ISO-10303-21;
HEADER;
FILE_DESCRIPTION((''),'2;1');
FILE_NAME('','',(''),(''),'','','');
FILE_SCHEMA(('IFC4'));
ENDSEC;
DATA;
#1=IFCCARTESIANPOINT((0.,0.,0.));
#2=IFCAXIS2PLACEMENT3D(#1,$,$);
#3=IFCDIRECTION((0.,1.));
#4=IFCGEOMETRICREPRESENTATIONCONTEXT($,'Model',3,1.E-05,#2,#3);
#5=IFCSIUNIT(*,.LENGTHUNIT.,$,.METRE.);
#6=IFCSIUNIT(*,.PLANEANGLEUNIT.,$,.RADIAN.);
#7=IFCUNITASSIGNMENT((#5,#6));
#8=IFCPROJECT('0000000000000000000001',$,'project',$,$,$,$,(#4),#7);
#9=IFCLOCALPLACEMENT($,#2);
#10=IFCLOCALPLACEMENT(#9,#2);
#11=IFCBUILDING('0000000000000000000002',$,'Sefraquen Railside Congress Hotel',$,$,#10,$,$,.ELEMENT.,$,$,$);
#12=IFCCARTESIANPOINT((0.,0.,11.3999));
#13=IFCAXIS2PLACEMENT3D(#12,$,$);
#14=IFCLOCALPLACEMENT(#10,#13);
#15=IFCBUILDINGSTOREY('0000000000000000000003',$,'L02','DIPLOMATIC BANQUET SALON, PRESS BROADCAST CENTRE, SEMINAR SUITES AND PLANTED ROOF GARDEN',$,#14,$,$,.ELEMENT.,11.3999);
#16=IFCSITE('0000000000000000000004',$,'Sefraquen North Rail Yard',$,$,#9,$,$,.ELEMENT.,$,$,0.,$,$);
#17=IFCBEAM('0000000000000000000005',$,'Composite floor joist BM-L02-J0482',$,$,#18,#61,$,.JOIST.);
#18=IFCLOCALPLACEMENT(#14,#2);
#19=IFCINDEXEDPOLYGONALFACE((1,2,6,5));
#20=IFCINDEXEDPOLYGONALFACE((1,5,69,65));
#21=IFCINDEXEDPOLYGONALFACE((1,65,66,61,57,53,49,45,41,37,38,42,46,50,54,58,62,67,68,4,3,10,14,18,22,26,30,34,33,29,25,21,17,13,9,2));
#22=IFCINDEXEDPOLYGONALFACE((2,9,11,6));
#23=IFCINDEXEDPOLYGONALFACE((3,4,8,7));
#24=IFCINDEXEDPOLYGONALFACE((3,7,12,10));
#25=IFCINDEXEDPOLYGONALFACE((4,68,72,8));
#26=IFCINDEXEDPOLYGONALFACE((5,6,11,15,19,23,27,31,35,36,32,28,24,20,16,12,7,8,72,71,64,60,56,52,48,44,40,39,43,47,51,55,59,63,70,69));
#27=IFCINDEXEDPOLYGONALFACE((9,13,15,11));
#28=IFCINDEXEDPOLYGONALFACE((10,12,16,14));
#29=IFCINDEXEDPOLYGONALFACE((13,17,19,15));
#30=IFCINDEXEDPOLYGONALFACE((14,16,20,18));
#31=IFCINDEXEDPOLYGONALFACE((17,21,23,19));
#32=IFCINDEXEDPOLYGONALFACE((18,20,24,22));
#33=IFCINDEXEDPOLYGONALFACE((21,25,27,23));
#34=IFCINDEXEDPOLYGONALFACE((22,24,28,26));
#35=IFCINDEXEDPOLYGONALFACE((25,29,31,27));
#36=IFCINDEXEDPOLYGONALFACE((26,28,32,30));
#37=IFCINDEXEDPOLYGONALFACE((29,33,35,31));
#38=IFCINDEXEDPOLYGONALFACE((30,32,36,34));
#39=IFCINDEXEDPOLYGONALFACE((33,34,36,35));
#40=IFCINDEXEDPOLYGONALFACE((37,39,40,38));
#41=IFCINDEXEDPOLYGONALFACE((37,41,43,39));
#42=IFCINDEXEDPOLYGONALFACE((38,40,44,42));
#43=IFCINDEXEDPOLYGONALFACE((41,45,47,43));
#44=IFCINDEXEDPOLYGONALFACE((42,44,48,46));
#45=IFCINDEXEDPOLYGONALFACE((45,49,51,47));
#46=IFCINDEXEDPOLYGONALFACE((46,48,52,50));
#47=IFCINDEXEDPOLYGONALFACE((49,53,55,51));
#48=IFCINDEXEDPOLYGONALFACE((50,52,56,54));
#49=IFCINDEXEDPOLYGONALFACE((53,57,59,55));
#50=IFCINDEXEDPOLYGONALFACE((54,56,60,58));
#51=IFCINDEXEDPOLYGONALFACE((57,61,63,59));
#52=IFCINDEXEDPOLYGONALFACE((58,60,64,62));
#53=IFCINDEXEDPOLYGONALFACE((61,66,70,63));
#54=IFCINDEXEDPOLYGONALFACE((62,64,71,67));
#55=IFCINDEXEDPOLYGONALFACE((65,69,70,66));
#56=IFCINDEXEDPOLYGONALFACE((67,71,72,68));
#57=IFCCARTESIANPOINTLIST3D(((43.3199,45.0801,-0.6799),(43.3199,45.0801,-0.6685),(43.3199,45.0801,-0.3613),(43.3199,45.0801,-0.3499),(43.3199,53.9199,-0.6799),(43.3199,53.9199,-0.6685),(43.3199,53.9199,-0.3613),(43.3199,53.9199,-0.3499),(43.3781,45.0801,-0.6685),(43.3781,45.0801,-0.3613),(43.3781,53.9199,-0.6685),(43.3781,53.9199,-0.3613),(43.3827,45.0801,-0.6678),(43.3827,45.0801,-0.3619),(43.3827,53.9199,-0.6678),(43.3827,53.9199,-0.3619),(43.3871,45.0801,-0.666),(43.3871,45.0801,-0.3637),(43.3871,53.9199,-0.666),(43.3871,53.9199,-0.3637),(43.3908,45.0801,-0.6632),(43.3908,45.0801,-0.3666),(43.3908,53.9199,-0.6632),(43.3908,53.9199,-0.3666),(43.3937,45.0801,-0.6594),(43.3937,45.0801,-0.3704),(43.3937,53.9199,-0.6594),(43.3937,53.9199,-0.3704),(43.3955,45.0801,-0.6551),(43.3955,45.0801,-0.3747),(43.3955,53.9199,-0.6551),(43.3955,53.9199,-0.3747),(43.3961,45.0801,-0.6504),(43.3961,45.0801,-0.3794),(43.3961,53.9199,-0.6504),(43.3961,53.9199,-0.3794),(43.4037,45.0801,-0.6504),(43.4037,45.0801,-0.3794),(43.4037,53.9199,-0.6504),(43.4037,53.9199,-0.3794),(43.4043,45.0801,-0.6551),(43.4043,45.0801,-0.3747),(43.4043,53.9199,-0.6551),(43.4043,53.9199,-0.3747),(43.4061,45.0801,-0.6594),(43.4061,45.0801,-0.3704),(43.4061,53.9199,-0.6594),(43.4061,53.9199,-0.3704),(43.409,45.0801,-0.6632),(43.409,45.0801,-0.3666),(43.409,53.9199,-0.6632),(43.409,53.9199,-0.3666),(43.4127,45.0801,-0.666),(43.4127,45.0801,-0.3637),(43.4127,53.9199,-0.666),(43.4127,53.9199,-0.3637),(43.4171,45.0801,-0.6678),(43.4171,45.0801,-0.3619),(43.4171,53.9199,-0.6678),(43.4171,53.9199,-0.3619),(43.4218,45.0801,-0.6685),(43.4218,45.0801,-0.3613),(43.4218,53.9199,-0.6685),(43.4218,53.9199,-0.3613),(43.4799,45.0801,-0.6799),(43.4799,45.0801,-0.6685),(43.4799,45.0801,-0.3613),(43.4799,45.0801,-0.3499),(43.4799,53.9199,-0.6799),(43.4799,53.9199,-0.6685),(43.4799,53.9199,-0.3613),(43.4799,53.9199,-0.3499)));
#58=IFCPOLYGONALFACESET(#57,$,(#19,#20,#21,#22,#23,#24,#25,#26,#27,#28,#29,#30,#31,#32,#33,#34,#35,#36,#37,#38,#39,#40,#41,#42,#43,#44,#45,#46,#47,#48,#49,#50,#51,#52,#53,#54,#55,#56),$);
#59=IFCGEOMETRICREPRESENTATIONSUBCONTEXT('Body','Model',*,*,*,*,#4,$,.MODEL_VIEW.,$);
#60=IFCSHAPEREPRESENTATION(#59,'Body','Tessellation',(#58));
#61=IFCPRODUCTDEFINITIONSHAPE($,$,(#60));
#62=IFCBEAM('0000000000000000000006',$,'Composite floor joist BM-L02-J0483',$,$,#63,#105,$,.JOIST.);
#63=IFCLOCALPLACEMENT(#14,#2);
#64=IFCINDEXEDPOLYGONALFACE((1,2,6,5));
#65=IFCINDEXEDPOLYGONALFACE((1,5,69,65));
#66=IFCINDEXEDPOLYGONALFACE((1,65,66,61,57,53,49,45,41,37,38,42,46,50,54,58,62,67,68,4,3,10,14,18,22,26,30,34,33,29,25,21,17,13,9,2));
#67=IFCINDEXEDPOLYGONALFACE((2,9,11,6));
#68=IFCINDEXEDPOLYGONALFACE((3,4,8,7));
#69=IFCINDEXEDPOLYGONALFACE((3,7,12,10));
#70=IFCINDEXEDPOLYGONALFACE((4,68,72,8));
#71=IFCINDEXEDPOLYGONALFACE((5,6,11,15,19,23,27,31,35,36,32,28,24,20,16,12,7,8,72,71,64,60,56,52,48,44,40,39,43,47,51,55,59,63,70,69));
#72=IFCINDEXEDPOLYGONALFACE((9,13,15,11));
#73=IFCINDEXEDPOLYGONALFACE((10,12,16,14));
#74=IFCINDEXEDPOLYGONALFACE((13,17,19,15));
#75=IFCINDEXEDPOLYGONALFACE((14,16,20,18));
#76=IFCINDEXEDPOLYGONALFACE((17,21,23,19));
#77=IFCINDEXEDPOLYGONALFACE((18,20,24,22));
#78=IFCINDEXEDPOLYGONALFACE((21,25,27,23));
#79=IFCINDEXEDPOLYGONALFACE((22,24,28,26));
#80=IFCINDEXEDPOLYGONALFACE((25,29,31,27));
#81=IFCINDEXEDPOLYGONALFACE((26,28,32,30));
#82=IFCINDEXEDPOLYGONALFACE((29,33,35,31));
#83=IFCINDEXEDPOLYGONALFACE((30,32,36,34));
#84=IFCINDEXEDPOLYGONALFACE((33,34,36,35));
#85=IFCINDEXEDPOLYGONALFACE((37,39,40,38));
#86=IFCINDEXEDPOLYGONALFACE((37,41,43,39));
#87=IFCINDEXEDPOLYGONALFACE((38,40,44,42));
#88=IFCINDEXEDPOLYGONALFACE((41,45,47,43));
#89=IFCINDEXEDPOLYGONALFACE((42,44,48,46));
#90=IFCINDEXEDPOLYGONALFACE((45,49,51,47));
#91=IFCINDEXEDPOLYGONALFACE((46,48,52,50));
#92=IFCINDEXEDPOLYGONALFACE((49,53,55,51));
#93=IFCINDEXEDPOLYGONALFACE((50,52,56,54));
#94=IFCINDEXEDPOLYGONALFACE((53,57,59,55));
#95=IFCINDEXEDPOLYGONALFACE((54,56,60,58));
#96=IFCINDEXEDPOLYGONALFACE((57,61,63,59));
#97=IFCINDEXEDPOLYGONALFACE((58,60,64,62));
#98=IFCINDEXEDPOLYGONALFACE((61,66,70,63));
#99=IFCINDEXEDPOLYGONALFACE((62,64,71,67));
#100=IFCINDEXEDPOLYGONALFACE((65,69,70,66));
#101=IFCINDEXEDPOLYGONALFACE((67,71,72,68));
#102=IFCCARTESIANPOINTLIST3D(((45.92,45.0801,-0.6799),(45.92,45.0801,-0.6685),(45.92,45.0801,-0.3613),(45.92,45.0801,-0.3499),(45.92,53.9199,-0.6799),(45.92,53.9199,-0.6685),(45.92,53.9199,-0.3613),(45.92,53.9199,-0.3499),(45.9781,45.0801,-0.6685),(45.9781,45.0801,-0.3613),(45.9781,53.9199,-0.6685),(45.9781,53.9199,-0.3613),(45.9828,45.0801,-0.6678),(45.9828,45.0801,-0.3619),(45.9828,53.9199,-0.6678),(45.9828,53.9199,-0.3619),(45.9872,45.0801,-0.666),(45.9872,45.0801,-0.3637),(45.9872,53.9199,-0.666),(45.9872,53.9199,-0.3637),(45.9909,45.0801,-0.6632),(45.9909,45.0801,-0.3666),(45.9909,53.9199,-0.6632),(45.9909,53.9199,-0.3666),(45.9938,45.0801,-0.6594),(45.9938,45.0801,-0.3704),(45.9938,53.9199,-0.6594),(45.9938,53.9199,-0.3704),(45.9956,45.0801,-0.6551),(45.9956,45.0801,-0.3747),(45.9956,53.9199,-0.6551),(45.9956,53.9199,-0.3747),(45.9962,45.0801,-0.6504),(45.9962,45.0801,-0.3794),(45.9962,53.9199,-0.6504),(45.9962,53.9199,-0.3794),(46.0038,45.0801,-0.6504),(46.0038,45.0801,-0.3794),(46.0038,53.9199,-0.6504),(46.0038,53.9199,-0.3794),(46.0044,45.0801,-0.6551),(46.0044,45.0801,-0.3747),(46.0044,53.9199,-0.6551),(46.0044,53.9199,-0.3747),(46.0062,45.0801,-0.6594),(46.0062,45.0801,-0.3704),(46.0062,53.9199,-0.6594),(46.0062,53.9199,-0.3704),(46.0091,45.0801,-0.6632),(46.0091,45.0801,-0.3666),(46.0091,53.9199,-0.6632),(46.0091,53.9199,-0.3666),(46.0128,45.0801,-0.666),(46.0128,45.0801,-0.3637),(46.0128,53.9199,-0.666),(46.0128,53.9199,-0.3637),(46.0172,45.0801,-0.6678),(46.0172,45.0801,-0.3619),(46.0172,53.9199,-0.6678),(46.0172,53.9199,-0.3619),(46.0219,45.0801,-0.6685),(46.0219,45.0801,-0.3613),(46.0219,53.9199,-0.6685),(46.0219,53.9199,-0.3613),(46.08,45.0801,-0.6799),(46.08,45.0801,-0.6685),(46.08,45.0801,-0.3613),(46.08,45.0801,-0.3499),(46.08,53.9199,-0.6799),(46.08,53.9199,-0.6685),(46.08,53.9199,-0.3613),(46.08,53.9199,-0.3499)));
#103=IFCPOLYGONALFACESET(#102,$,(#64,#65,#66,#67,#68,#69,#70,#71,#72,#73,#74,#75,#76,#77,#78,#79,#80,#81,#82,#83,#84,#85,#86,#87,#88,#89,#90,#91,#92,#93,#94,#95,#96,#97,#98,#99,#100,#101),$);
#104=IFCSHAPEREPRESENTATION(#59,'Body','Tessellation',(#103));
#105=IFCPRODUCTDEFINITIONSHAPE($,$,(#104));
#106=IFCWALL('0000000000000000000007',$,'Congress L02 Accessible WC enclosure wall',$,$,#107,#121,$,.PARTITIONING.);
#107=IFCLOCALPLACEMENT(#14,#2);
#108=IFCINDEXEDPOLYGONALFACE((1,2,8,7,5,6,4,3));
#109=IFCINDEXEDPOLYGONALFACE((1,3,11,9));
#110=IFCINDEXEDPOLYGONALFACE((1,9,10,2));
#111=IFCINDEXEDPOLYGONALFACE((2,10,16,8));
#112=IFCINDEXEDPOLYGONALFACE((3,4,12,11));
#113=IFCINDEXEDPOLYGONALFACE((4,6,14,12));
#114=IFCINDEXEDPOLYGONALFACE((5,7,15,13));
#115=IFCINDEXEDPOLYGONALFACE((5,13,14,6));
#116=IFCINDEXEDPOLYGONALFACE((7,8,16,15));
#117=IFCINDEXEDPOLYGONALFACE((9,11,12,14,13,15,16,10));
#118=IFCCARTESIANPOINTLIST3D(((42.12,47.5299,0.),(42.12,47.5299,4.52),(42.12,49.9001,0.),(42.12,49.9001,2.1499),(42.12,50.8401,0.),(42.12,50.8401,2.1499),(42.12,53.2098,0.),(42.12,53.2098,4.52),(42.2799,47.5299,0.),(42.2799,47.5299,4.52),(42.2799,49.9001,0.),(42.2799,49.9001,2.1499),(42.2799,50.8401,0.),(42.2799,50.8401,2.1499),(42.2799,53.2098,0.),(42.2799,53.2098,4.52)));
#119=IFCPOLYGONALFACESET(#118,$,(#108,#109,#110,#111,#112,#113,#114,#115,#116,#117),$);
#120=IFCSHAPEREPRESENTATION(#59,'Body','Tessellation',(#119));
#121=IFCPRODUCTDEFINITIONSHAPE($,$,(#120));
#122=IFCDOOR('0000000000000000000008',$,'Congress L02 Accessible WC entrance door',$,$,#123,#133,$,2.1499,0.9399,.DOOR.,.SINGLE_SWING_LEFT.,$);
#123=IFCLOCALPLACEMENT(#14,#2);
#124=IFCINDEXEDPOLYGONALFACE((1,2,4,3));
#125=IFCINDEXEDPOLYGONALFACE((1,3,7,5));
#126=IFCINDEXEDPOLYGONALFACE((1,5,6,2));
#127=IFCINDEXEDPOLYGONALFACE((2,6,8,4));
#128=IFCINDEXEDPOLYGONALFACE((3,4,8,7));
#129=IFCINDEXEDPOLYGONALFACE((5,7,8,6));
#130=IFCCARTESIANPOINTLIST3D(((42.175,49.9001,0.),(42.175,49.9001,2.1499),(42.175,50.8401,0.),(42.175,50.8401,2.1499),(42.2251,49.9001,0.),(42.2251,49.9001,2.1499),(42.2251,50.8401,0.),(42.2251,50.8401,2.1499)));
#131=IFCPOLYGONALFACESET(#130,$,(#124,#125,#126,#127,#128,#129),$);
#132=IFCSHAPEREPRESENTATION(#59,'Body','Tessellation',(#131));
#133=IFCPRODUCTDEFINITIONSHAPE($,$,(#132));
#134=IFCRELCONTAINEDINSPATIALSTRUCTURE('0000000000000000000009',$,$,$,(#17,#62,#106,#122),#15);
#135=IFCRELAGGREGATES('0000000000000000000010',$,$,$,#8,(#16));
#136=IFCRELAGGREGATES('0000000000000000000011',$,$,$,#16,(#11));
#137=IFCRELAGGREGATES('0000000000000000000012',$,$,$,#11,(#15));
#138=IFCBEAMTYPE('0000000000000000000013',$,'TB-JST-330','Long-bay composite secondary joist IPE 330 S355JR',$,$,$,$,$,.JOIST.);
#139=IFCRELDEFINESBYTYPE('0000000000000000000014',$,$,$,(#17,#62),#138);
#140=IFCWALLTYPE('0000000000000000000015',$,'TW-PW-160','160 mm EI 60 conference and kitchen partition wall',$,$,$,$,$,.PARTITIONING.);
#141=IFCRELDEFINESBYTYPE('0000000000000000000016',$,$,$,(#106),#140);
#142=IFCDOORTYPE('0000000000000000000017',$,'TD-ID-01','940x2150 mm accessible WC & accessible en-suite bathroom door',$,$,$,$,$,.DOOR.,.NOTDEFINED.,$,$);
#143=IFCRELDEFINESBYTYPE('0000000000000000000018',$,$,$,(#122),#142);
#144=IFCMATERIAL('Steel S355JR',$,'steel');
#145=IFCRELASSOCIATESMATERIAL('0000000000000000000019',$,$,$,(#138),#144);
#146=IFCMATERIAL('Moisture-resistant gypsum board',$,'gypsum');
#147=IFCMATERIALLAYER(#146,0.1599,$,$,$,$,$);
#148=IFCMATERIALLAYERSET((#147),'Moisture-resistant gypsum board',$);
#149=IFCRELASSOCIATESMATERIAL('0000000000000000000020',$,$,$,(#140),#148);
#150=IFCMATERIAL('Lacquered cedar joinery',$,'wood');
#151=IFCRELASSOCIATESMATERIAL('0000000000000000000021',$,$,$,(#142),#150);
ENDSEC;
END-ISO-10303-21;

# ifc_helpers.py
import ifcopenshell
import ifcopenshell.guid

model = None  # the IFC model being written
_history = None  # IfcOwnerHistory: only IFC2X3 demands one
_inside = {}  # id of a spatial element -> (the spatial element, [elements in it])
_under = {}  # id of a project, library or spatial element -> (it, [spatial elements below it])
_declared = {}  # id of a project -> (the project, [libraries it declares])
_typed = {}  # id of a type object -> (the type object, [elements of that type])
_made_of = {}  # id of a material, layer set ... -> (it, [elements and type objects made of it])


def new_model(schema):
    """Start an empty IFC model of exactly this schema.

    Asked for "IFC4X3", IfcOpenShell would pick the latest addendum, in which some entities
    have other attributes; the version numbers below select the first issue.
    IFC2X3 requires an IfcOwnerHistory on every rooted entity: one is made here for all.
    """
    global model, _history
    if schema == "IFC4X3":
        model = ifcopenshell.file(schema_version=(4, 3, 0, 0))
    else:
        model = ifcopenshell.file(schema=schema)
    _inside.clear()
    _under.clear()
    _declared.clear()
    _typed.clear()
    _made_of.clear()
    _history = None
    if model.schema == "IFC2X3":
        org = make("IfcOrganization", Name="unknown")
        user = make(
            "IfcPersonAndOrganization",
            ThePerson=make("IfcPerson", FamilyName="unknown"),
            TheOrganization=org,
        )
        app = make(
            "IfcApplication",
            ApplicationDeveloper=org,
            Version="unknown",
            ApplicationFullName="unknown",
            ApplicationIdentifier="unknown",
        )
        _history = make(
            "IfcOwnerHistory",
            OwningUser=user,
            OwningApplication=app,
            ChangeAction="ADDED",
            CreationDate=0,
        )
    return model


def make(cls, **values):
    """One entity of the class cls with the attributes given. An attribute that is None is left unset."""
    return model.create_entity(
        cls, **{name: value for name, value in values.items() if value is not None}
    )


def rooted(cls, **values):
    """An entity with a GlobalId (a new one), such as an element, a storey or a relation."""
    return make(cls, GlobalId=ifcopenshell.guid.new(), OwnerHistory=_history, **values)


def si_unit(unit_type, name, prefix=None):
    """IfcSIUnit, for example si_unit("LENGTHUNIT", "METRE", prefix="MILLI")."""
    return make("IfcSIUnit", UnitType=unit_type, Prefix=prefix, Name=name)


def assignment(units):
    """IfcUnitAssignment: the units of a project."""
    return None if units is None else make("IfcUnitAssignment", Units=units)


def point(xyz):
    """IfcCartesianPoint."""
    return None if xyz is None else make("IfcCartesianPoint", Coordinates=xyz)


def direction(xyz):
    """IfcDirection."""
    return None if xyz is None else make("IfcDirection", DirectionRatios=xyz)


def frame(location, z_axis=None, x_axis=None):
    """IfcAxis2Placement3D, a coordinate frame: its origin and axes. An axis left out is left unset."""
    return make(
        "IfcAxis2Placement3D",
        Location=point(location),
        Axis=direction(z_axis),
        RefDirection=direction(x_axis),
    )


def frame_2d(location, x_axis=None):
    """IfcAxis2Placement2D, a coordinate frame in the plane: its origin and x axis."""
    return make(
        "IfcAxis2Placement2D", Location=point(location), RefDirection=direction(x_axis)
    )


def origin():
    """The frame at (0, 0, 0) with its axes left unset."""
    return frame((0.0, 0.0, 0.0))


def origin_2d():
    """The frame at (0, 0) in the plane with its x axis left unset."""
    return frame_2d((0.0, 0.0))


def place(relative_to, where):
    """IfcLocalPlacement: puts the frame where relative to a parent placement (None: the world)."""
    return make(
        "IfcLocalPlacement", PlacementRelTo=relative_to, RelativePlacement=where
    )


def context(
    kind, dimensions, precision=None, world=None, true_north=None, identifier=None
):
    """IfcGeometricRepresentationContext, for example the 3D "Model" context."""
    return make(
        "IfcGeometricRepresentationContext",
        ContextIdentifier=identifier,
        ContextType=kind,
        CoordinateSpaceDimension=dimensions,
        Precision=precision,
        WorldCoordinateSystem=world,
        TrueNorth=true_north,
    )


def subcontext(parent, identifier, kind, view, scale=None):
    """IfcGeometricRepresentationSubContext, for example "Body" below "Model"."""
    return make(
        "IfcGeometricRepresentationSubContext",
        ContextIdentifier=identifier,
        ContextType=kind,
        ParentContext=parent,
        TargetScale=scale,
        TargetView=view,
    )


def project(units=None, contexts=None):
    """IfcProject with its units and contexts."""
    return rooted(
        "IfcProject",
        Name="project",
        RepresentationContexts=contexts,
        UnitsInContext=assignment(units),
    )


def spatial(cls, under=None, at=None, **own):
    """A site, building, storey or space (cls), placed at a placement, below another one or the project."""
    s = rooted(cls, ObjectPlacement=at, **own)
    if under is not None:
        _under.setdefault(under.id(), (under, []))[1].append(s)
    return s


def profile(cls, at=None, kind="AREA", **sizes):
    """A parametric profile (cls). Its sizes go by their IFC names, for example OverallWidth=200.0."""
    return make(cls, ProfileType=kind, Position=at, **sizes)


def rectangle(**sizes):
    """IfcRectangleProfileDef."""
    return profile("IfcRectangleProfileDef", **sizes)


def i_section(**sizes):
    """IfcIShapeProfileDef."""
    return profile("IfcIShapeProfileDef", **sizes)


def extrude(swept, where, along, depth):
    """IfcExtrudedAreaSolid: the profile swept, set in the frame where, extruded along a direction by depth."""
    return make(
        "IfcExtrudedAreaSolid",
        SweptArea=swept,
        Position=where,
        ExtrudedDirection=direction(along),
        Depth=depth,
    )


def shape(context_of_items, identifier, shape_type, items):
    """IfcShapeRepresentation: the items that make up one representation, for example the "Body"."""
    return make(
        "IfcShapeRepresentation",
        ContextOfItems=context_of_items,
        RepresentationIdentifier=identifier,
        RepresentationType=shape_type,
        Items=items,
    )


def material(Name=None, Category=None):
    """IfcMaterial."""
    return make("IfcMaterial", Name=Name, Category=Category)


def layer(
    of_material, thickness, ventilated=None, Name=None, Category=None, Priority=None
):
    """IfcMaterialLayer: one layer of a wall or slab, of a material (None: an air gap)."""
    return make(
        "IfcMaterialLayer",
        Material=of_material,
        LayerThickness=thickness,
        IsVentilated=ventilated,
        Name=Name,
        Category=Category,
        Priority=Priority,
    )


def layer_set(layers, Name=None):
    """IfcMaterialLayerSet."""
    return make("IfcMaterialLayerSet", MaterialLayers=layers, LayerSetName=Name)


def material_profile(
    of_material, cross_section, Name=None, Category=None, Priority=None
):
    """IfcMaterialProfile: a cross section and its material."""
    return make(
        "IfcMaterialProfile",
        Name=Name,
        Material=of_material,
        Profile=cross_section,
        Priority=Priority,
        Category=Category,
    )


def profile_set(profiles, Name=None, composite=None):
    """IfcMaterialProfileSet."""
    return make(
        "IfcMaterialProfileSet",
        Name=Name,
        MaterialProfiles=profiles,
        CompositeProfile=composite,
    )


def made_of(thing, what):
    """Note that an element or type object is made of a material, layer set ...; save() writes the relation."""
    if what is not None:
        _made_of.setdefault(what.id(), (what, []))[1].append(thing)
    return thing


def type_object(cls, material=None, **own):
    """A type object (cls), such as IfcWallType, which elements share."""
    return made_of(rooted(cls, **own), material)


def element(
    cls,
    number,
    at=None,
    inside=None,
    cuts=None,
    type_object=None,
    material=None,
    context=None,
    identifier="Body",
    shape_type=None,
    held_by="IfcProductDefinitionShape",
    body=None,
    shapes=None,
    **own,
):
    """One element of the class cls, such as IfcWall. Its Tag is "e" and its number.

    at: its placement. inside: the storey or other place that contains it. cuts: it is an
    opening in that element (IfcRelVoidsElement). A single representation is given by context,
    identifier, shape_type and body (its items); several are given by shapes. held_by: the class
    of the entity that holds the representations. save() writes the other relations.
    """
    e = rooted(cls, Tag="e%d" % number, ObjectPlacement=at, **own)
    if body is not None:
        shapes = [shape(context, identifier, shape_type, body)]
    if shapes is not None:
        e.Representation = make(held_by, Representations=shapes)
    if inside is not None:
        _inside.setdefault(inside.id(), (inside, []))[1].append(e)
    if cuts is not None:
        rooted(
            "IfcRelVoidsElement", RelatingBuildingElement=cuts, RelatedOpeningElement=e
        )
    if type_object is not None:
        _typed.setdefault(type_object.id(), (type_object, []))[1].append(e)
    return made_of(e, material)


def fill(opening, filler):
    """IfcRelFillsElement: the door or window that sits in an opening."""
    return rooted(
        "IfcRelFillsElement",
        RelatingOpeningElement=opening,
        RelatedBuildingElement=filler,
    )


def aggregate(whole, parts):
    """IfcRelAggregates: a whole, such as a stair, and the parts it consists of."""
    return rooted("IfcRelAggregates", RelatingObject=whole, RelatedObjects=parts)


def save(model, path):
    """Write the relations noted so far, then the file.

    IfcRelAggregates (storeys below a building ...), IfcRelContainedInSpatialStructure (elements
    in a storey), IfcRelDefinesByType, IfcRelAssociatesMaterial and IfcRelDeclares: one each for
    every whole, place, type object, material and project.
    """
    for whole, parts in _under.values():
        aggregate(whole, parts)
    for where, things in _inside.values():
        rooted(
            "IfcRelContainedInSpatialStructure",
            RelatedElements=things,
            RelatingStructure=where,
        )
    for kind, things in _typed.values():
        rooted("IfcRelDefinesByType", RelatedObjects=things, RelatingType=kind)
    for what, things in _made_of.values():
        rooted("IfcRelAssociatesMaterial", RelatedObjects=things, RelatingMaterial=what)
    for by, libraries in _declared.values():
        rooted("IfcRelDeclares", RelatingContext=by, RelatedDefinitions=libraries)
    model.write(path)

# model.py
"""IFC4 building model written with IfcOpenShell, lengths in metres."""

from ifc_helpers import new_model, si_unit, direction, frame, frame_2d, origin, origin_2d, place, context, subcontext, project, spatial, rectangle, i_section, extrude, material, layer, layer_set, material_profile, profile_set, type_object, element, fill, save


model = new_model("IFC4")

# Units and contexts
model_context = context("Model", 3, precision=1e-05, world=origin(), true_north=direction((0.0, 1.0)))
body_context = subcontext(model_context, "Body", "Model", "MODEL_VIEW")
ifc_project = project(units=[si_unit("LENGTHUNIT", "METRE"), si_unit("PLANEANGLEUNIT", "RADIAN")], contexts=[model_context])

# Site, building, storey
site_placement = place(None, origin())
site = spatial("IfcSite", under=ifc_project, at=site_placement, Name="Sefraquen North Rail Yard", CompositionType="ELEMENT", RefElevation=0.0)
building_placement = place(site_placement, origin())
building = spatial("IfcBuilding", under=site, at=building_placement, Name="Sefraquen Railside Congress Hotel", CompositionType="ELEMENT")
storey_placement = place(building_placement, frame((0.0, 0.0, 11.3999)))
storey = spatial("IfcBuildingStorey", under=building, at=storey_placement, Name="L02", Description="DIPLOMATIC BANQUET SALON, PRESS BROADCAST CENTRE, SEMINAR SUITES AND PLANTED ROOF GARDEN", CompositionType="ELEMENT", Elevation=11.3999)

# Shared definitions
ifc_material_1 = material(Name="Steel S355JR", Category="steel")

# Beams
ifc_material_profile_1 = material_profile(ifc_material_1, i_section(OverallWidth=0.1599, OverallDepth=0.3301, WebThickness=0.0076, FlangeThickness=0.0115, FilletRadius=0.0181, at=origin_2d()), Name="IPE 330")
ifc_profile_set_1 = profile_set([ifc_material_profile_1], Name="Steel S355JR")
beam_type_1 = type_object("IfcBeamType", Name="TB-JST-330", Description="Long-bay composite secondary joist IPE 330 S355JR", PredefinedType="JOIST", material=ifc_profile_set_1)
for number, where, z_axis, x_axis, name in (
    (1, (43.3999, 45.0801, -0.5149), (0.0, 1.0, 0.0), (-1.0, 0.0, 0.0), "Composite floor joist BM-L02-J0482"),
    (2, (46.0, 45.0801, -0.5149), (0.0, 1.0, 0.0), (-1.0, 0.0, 0.0), "Composite floor joist BM-L02-J0483"),
):
    element("IfcBeam", number, at=place(storey_placement, frame(where, z_axis=z_axis, x_axis=x_axis)), inside=storey, type_object=beam_type_1, Name=name, PredefinedType="JOIST", context=body_context, shape_type="SweptSolid", body=[
        extrude(i_section(OverallWidth=0.1599, OverallDepth=0.3301, WebThickness=0.0076, FlangeThickness=0.0115, FilletRadius=0.0181, at=origin_2d()), origin(), (0.0, 0.0, 1.0), 8.8398),
    ])

# Wall, opening, door
ifc_material_2 = material(Name="Moisture-resistant gypsum board", Category="gypsum")
ifc_layer = layer(ifc_material_2, 0.1599)
ifc_layer_set = layer_set([ifc_layer], Name="Moisture-resistant gypsum board")
wall_type = type_object("IfcWallType", Name="TW-PW-160", Description="160 mm EI 60 conference and kitchen partition wall", PredefinedType="PARTITIONING", material=ifc_layer_set)
wall_placement = place(storey_placement, frame((42.2, 47.53, 0.0), z_axis=(0.0, 0.0, 1.0), x_axis=(0.0, 1.0, 0.0)))
wall = element("IfcWall", 3, at=wall_placement, inside=storey, type_object=wall_type, Name="Congress L02 Accessible WC enclosure wall", PredefinedType="PARTITIONING", context=body_context, shape_type="SweptSolid", body=[
    extrude(rectangle(XDim=5.6799, YDim=0.1599, at=frame_2d((2.8398, 0.0))), origin(), (0.0, 0.0, 1.0), 4.52),
])
opening_placement = place(wall_placement, frame((2.3701, 0.0, 0.0)))
opening = element("IfcOpeningElement", 4, at=opening_placement, cuts=wall, PredefinedType="OPENING", context=body_context, shape_type="SweptSolid", body=[
    extrude(rectangle(XDim=0.9399, YDim=2.1499, at=frame_2d((0.47, 1.075))), frame((0.0, 0.0898, 0.0), z_axis=(0.0, -1.0, 0.0), x_axis=(1.0, 0.0, 0.0)), (0.0, 0.0, 1.0), 0.1799),
])
ifc_material_3 = material(Name="Lacquered cedar joinery", Category="wood")
door_type = type_object("IfcDoorType", Name="TD-ID-01", Description="940x2150 mm accessible WC & accessible en-suite bathroom door", OperationType="NOTDEFINED", PredefinedType="DOOR", material=ifc_material_3)
door_placement = place(opening_placement, origin())
door = element("IfcDoor", 5, at=door_placement, inside=storey, type_object=door_type, Name="Congress L02 Accessible WC entrance door", OperationType="SINGLE_SWING_LEFT", OverallHeight=2.1499, OverallWidth=0.9399, PredefinedType="DOOR", context=body_context, shape_type="SweptSolid", body=[
    extrude(rectangle(XDim=0.9399, YDim=2.1499, at=frame_2d((0.47, 1.075))), frame((0.0, 0.0249, 0.0), z_axis=(0.0, -1.0, 0.0), x_axis=(1.0, 0.0, 0.0)), (0.0, 0.0, 1.0), 0.05),
])
fill(opening, door)

save(model, "model.ifc")
